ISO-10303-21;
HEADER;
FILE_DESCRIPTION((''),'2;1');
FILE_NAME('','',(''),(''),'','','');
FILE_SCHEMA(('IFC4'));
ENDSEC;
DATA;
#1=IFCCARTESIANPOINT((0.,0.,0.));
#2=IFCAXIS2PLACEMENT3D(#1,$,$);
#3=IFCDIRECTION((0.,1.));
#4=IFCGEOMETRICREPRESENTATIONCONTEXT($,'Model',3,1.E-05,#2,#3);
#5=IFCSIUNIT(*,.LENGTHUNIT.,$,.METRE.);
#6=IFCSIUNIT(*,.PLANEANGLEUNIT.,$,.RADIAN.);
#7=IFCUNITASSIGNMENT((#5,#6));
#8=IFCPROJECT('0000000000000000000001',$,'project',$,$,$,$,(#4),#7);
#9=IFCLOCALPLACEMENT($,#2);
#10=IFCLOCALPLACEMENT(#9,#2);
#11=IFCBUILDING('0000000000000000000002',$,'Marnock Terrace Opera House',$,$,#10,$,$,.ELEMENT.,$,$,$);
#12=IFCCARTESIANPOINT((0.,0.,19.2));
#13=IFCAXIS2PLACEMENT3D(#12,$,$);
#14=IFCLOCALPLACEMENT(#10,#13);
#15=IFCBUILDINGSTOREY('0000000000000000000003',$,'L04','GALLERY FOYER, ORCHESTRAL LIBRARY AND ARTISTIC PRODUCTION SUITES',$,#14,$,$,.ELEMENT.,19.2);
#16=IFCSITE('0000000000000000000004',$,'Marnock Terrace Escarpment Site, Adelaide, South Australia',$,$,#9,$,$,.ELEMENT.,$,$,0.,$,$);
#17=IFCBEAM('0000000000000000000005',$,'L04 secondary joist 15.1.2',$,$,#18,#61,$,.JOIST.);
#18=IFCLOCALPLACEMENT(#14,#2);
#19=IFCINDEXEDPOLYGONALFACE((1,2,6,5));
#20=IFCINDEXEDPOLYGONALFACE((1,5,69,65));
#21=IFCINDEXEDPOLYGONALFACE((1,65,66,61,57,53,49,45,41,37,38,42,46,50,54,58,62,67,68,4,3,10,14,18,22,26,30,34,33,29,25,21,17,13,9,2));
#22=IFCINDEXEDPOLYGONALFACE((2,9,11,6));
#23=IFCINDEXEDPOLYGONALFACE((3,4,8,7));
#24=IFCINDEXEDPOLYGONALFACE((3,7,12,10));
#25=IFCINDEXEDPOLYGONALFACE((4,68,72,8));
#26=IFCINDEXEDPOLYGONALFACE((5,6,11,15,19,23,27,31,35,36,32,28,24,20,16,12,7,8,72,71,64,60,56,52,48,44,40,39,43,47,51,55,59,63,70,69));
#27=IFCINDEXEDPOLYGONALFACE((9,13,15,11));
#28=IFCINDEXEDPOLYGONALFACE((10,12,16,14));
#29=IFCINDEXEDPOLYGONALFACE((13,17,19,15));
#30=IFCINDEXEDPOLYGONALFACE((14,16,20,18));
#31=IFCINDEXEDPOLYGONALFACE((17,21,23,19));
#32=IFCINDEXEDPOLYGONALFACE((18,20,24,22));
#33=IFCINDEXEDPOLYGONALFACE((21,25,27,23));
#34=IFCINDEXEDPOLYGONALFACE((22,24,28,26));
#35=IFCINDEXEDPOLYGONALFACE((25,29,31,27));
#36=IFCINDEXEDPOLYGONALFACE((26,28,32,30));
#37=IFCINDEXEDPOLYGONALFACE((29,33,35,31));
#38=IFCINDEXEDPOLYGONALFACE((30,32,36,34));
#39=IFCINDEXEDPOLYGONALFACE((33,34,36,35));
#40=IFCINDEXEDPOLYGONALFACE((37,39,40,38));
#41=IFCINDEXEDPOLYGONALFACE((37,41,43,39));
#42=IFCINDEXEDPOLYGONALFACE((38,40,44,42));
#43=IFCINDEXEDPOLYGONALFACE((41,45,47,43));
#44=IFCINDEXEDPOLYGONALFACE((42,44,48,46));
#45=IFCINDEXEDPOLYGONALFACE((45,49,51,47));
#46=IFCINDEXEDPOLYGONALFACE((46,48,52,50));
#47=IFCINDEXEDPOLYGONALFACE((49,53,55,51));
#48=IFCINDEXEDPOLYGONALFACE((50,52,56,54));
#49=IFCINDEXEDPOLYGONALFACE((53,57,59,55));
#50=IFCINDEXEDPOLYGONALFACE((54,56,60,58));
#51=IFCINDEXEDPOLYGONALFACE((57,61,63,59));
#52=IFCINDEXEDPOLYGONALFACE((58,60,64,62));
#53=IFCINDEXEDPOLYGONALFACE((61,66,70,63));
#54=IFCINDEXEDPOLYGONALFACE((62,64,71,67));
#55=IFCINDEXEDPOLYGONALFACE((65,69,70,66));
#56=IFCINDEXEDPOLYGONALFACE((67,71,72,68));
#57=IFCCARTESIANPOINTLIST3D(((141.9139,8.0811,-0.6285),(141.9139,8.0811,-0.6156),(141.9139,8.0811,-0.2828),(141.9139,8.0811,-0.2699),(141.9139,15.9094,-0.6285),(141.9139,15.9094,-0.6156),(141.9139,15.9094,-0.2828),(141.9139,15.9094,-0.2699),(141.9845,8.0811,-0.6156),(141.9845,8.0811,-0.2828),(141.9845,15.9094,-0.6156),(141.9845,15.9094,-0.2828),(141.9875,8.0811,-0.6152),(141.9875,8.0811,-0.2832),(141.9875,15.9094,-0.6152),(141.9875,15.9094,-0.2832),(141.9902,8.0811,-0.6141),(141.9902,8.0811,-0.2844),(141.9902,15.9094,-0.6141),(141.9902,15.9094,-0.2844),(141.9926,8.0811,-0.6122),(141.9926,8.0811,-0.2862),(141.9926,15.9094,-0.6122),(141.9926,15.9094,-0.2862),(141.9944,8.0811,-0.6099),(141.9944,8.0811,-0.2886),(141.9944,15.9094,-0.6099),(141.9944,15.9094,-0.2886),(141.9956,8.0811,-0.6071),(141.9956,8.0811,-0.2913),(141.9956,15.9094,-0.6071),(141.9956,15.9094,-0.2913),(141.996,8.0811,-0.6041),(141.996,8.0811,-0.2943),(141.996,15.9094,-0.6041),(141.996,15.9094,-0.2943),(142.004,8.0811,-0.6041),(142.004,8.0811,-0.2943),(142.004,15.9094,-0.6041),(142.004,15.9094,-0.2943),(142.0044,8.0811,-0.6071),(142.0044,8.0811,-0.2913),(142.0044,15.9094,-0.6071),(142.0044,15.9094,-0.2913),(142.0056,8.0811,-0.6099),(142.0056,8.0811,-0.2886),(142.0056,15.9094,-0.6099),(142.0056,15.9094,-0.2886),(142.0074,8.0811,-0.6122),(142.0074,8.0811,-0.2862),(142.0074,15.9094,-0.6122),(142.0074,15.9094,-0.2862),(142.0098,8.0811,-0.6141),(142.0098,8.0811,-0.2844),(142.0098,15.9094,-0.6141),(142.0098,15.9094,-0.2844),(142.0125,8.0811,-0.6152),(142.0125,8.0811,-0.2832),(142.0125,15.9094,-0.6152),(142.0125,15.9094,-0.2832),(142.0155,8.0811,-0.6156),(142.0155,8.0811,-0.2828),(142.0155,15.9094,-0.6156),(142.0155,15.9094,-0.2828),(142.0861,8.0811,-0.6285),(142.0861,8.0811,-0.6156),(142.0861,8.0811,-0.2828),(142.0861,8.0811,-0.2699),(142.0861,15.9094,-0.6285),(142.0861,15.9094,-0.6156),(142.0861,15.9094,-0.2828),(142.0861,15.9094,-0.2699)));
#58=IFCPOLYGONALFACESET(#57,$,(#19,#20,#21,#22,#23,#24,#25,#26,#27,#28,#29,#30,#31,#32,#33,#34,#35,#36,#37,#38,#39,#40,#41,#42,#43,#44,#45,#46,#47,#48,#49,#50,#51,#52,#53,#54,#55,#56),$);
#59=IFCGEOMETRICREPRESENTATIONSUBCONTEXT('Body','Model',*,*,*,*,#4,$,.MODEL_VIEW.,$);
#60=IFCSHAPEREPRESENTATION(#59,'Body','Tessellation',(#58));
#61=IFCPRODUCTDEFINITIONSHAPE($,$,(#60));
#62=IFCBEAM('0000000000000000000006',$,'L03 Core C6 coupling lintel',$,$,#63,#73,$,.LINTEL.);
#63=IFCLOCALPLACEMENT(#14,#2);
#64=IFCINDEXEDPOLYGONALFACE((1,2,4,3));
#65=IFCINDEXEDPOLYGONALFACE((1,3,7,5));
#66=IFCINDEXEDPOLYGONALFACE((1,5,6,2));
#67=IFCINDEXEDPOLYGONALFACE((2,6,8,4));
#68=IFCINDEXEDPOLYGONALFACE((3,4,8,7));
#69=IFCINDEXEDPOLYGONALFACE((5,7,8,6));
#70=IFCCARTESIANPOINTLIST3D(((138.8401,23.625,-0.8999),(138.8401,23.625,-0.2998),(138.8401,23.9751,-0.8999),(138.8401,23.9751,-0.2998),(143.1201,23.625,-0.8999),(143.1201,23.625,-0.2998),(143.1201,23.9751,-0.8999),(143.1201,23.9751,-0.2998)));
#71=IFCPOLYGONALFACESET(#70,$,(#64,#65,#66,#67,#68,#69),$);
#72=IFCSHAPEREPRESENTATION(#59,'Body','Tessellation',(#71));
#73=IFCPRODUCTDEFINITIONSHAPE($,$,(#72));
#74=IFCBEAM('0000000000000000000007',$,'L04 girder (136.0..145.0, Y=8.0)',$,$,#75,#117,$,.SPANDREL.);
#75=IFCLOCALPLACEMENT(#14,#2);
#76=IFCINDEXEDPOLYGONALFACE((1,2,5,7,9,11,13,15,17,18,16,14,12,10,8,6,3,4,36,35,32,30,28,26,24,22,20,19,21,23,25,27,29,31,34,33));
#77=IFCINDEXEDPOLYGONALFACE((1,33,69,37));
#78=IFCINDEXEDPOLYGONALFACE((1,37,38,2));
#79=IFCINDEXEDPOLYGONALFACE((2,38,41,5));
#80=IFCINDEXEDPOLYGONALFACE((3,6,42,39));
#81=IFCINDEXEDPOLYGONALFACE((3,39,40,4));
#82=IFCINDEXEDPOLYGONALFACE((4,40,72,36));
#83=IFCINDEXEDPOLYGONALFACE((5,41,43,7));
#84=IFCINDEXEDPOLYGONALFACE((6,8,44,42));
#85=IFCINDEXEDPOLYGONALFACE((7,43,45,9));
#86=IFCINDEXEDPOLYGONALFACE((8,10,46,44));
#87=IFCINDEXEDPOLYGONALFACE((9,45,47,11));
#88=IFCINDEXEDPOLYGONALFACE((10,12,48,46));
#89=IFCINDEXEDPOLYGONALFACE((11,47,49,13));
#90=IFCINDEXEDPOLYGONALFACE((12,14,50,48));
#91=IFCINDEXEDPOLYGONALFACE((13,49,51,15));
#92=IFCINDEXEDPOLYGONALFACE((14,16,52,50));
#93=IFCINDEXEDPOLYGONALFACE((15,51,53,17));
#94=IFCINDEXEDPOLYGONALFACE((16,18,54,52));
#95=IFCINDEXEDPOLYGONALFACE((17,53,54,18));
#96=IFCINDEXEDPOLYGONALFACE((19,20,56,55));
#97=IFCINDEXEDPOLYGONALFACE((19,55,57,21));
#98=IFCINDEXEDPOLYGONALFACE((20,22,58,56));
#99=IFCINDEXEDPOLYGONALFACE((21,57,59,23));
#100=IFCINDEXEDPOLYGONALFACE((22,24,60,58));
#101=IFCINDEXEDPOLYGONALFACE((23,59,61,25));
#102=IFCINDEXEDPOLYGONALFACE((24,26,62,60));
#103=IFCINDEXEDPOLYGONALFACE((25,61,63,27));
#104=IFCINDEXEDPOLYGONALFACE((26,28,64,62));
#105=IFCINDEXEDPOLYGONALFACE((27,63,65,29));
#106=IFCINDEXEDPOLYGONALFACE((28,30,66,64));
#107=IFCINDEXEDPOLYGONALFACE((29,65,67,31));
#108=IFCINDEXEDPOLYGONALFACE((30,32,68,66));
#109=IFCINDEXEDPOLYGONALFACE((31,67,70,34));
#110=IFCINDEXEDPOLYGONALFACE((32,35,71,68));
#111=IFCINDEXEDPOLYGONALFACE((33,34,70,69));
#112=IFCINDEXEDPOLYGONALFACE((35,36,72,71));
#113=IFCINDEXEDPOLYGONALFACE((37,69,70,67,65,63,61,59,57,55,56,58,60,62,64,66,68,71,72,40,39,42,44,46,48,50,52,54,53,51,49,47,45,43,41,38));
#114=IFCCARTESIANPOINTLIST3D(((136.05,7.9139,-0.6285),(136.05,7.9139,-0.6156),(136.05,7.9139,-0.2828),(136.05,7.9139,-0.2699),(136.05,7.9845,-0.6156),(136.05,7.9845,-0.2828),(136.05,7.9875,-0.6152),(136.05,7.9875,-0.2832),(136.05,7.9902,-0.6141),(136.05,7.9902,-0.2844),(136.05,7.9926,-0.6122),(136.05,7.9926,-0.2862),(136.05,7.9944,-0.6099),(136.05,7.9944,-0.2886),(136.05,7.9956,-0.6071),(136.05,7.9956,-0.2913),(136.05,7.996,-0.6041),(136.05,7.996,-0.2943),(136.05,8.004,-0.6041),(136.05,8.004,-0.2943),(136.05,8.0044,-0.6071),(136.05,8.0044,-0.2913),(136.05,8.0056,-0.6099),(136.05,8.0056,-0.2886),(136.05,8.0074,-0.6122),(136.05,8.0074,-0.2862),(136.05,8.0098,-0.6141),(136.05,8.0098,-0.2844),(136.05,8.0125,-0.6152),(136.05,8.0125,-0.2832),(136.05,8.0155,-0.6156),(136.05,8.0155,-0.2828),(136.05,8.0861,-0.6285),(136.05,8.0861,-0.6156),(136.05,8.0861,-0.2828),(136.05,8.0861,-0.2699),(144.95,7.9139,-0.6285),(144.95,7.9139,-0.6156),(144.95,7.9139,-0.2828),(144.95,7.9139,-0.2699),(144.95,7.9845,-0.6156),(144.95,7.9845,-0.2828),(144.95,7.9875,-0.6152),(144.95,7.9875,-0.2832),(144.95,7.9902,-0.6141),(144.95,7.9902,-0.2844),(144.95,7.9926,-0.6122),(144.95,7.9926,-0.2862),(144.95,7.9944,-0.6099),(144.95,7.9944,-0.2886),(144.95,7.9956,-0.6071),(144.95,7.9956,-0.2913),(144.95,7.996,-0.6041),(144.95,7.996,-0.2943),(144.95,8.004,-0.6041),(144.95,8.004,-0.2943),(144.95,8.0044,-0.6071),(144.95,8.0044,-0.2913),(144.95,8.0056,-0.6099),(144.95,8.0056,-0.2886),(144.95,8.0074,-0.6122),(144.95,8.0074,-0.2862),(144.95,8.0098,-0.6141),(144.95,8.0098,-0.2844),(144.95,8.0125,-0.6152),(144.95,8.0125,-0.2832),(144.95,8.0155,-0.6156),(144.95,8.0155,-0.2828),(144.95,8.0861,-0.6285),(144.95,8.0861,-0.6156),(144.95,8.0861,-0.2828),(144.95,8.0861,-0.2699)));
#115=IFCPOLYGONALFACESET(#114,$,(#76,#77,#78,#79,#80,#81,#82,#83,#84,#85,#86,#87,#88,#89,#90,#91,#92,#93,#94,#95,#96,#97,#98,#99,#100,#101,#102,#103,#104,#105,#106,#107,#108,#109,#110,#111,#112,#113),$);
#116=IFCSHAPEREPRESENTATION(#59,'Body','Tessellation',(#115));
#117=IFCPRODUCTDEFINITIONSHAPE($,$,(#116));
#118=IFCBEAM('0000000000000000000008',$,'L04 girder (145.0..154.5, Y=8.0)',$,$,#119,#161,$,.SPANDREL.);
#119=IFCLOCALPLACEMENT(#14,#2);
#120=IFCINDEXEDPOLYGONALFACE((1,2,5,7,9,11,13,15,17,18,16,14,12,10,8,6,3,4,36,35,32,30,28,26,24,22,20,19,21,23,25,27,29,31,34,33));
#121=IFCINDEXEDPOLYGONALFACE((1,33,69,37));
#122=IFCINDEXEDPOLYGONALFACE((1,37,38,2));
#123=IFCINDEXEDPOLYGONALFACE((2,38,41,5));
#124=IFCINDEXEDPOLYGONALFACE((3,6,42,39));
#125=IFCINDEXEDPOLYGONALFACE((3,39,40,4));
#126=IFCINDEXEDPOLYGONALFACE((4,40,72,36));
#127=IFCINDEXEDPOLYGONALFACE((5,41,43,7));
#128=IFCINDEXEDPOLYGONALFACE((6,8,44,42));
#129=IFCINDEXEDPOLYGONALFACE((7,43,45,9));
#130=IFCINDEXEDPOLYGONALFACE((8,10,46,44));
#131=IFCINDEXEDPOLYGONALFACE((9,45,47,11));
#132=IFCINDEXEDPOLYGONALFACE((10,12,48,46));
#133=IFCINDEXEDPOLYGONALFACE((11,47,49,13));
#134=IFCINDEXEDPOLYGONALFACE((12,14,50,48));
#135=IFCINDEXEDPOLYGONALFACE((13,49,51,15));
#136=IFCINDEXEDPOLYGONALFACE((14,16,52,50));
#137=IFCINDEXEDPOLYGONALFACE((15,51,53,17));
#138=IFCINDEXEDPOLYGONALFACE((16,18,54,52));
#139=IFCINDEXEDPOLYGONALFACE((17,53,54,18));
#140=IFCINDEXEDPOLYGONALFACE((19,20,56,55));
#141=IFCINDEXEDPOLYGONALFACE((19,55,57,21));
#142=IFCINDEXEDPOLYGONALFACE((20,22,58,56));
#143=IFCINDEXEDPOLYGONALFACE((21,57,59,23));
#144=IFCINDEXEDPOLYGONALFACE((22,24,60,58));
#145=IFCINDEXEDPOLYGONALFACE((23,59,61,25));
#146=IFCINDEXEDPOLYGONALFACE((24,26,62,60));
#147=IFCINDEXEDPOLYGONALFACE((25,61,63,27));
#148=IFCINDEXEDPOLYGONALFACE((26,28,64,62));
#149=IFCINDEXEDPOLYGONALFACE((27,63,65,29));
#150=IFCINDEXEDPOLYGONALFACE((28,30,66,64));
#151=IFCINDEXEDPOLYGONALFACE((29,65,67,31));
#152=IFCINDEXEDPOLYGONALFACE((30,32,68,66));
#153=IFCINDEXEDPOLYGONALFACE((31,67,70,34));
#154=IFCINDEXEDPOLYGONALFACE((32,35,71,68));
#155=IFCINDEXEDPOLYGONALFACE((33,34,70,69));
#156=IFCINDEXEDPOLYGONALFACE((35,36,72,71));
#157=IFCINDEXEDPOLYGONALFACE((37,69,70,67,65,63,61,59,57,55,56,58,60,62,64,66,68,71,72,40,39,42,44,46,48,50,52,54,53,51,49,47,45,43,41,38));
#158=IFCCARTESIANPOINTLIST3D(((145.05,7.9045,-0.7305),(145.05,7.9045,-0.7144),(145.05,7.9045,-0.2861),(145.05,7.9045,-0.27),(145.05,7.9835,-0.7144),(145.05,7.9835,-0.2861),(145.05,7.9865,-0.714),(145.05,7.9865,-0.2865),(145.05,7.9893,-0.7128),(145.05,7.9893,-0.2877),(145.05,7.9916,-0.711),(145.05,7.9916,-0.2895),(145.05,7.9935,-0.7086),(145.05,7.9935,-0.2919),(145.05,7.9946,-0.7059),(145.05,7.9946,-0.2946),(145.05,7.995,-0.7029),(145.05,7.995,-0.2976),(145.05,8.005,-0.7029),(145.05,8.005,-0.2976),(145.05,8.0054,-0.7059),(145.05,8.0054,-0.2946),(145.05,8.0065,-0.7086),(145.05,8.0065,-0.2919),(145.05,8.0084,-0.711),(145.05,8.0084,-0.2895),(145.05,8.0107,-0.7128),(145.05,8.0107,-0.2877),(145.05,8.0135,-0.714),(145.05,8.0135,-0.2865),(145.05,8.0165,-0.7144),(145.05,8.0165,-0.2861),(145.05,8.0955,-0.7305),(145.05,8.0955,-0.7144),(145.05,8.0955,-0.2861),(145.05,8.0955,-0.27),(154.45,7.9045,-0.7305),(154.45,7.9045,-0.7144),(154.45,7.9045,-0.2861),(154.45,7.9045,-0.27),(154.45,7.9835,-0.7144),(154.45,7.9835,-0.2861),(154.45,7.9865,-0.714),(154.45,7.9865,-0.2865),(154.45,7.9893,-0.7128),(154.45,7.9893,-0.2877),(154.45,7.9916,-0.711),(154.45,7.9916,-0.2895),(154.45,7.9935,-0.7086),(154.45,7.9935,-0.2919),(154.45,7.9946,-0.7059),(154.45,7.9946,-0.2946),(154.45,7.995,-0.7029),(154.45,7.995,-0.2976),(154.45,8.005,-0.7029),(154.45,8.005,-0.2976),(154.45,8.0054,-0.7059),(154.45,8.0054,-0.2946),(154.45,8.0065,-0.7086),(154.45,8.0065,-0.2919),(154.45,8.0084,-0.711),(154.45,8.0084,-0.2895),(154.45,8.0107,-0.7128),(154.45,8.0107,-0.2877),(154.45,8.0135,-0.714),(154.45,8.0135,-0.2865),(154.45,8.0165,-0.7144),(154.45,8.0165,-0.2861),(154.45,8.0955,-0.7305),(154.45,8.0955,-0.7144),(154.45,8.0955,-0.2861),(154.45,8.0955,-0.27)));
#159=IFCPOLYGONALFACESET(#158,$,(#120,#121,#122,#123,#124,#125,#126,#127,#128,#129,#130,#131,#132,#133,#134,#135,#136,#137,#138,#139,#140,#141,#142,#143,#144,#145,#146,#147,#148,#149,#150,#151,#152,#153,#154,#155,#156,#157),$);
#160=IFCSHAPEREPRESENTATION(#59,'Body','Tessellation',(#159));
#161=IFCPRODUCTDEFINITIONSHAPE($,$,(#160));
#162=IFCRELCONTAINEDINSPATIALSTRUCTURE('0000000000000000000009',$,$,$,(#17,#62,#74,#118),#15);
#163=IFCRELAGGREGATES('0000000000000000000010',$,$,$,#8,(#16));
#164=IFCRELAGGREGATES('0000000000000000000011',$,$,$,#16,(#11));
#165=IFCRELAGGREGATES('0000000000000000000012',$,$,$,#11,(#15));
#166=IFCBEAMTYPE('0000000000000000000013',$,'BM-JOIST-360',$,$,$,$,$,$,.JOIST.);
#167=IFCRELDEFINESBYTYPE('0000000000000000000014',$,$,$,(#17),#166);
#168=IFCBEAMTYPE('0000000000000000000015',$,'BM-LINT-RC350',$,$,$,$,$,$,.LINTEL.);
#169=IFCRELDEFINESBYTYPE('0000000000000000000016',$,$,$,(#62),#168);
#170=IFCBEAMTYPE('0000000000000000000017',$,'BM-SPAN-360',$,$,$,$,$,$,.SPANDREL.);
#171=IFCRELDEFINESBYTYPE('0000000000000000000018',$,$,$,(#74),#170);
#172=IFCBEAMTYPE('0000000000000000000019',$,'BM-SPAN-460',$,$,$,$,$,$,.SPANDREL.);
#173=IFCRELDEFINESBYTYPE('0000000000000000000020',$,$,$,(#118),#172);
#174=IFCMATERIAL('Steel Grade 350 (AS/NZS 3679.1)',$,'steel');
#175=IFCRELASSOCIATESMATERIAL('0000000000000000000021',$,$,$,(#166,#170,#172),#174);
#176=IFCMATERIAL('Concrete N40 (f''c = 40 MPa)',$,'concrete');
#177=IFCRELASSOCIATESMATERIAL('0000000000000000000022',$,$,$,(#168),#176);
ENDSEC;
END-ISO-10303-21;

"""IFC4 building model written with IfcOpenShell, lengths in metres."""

from ifc_helpers import new_model, si_unit, direction, frame, origin, origin_2d, place, context, subcontext, project, spatial, rectangle, i_section, extrude, material, material_profile, profile_set, type_object, element, save


model = new_model("IFC4")

# Units and contexts
model_context = context("Model", 3, precision=1e-05, world=origin(), true_north=direction((0.0, 1.0)))
body_context = subcontext(model_context, "Body", "Model", "MODEL_VIEW")
ifc_project = project(units=[si_unit("LENGTHUNIT", "METRE"), si_unit("PLANEANGLEUNIT", "RADIAN")], contexts=[model_context])

# Site, building, storey
site_placement = place(None, origin())
site = spatial("IfcSite", under=ifc_project, at=site_placement, Name="Marnock Terrace Escarpment Site, Adelaide, South Australia", CompositionType="ELEMENT", RefElevation=0.0)
building_placement = place(site_placement, origin())
building = spatial("IfcBuilding", under=site, at=building_placement, Name="Marnock Terrace Opera House", CompositionType="ELEMENT")
storey_placement = place(building_placement, frame((0.0, 0.0, 19.2)))
storey = spatial("IfcBuildingStorey", under=building, at=storey_placement, Name="L04", Description="GALLERY FOYER, ORCHESTRAL LIBRARY AND ARTISTIC PRODUCTION SUITES", CompositionType="ELEMENT", Elevation=19.2)

# Shared definitions
ifc_material_1 = material(Name="Concrete N40 (f'c = 40 MPa)", Category="concrete")

# Beams
ifc_material_2 = material(Name="Steel Grade 350 (AS/NZS 3679.1)", Category="steel")
ifc_material_profile_1 = material_profile(ifc_material_2, i_section(OverallWidth=0.1721, OverallDepth=0.3586, WebThickness=0.0081, FlangeThickness=0.0129, FilletRadius=0.0115, at=origin_2d()))
ifc_profile_set_1 = profile_set([ifc_material_profile_1], Name="Steel Grade 350 (AS/NZS 3679.1)")
beam_type_1 = type_object("IfcBeamType", Name="BM-JOIST-360", PredefinedType="JOIST", material=ifc_profile_set_1)
for number, where, z_axis, x_axis, name in (
    (1, (142.0, 8.0811, -0.4492), (0.0, 1.0, 0.0), (-1.0, 0.0, 0.0), "L04 secondary joist 15.1.2"),
):
    element("IfcBeam", number, at=place(storey_placement, frame(where, z_axis=z_axis, x_axis=x_axis)), inside=storey, type_object=beam_type_1, Name=name, PredefinedType="JOIST", context=body_context, shape_type="SweptSolid", body=[
        extrude(i_section(OverallWidth=0.1721, OverallDepth=0.3586, WebThickness=0.0081, FlangeThickness=0.0129, FilletRadius=0.0115, at=origin_2d()), origin(), (0.0, 0.0, 1.0), 7.8284),
    ])
ifc_material_profile_2 = material_profile(ifc_material_1, rectangle(XDim=0.3501, YDim=0.6001, at=origin_2d()))
ifc_profile_set_2 = profile_set([ifc_material_profile_2], Name="Concrete N40 (f'c = 40 MPa)")
beam_type_2 = type_object("IfcBeamType", Name="BM-LINT-RC350", PredefinedType="LINTEL", material=ifc_profile_set_2)
beam_1_placement = place(storey_placement, frame((138.8401, 23.8, -0.5999), z_axis=(1.0, 0.0, 0.0), x_axis=(0.0, 1.0, 0.0)))
element("IfcBeam", 2, at=beam_1_placement, inside=storey, type_object=beam_type_2, Name="L03 Core C6 coupling lintel", PredefinedType="LINTEL", context=body_context, shape_type="SweptSolid", body=[
    extrude(rectangle(XDim=0.3501, YDim=0.6001, at=origin_2d()), origin(), (0.0, 0.0, 1.0), 4.28),
])
ifc_material_profile_3 = material_profile(ifc_material_2, i_section(OverallWidth=0.1721, OverallDepth=0.3586, WebThickness=0.0081, FlangeThickness=0.0129, FilletRadius=0.0115, at=origin_2d()))
ifc_profile_set_3 = profile_set([ifc_material_profile_3], Name="Steel Grade 350 (AS/NZS 3679.1)")
beam_type_3 = type_object("IfcBeamType", Name="BM-SPAN-360", PredefinedType="SPANDREL", material=ifc_profile_set_3)
beam_2_placement = place(storey_placement, frame((136.05, 8.0, -0.4492), z_axis=(1.0, 0.0, 0.0), x_axis=(0.0, 1.0, 0.0)))
element("IfcBeam", 3, at=beam_2_placement, inside=storey, type_object=beam_type_3, Name="L04 girder (136.0..145.0, Y=8.0)", PredefinedType="SPANDREL", context=body_context, shape_type="SweptSolid", body=[
    extrude(i_section(OverallWidth=0.1721, OverallDepth=0.3586, WebThickness=0.0081, FlangeThickness=0.0129, FilletRadius=0.0115, at=origin_2d()), origin(), (0.0, 0.0, 1.0), 8.8999),
])
ifc_material_profile_4 = material_profile(ifc_material_2, i_section(OverallWidth=0.1909, OverallDepth=0.4604, WebThickness=0.01, FlangeThickness=0.0161, FilletRadius=0.0115, at=origin_2d()))
ifc_profile_set_4 = profile_set([ifc_material_profile_4], Name="Steel Grade 350 (AS/NZS 3679.1)")
beam_type_4 = type_object("IfcBeamType", Name="BM-SPAN-460", PredefinedType="SPANDREL", material=ifc_profile_set_4)
beam_3_placement = place(storey_placement, frame((145.05, 8.0, -0.5002), z_axis=(1.0, 0.0, 0.0), x_axis=(0.0, 1.0, 0.0)))
element("IfcBeam", 4, at=beam_3_placement, inside=storey, type_object=beam_type_4, Name="L04 girder (145.0..154.5, Y=8.0)", PredefinedType="SPANDREL", context=body_context, shape_type="SweptSolid", body=[
    extrude(i_section(OverallWidth=0.1909, OverallDepth=0.4604, WebThickness=0.01, FlangeThickness=0.0161, FilletRadius=0.0115, at=origin_2d()), origin(), (0.0, 0.0, 1.0), 9.3999),
])

save(model, "model.ifc")
